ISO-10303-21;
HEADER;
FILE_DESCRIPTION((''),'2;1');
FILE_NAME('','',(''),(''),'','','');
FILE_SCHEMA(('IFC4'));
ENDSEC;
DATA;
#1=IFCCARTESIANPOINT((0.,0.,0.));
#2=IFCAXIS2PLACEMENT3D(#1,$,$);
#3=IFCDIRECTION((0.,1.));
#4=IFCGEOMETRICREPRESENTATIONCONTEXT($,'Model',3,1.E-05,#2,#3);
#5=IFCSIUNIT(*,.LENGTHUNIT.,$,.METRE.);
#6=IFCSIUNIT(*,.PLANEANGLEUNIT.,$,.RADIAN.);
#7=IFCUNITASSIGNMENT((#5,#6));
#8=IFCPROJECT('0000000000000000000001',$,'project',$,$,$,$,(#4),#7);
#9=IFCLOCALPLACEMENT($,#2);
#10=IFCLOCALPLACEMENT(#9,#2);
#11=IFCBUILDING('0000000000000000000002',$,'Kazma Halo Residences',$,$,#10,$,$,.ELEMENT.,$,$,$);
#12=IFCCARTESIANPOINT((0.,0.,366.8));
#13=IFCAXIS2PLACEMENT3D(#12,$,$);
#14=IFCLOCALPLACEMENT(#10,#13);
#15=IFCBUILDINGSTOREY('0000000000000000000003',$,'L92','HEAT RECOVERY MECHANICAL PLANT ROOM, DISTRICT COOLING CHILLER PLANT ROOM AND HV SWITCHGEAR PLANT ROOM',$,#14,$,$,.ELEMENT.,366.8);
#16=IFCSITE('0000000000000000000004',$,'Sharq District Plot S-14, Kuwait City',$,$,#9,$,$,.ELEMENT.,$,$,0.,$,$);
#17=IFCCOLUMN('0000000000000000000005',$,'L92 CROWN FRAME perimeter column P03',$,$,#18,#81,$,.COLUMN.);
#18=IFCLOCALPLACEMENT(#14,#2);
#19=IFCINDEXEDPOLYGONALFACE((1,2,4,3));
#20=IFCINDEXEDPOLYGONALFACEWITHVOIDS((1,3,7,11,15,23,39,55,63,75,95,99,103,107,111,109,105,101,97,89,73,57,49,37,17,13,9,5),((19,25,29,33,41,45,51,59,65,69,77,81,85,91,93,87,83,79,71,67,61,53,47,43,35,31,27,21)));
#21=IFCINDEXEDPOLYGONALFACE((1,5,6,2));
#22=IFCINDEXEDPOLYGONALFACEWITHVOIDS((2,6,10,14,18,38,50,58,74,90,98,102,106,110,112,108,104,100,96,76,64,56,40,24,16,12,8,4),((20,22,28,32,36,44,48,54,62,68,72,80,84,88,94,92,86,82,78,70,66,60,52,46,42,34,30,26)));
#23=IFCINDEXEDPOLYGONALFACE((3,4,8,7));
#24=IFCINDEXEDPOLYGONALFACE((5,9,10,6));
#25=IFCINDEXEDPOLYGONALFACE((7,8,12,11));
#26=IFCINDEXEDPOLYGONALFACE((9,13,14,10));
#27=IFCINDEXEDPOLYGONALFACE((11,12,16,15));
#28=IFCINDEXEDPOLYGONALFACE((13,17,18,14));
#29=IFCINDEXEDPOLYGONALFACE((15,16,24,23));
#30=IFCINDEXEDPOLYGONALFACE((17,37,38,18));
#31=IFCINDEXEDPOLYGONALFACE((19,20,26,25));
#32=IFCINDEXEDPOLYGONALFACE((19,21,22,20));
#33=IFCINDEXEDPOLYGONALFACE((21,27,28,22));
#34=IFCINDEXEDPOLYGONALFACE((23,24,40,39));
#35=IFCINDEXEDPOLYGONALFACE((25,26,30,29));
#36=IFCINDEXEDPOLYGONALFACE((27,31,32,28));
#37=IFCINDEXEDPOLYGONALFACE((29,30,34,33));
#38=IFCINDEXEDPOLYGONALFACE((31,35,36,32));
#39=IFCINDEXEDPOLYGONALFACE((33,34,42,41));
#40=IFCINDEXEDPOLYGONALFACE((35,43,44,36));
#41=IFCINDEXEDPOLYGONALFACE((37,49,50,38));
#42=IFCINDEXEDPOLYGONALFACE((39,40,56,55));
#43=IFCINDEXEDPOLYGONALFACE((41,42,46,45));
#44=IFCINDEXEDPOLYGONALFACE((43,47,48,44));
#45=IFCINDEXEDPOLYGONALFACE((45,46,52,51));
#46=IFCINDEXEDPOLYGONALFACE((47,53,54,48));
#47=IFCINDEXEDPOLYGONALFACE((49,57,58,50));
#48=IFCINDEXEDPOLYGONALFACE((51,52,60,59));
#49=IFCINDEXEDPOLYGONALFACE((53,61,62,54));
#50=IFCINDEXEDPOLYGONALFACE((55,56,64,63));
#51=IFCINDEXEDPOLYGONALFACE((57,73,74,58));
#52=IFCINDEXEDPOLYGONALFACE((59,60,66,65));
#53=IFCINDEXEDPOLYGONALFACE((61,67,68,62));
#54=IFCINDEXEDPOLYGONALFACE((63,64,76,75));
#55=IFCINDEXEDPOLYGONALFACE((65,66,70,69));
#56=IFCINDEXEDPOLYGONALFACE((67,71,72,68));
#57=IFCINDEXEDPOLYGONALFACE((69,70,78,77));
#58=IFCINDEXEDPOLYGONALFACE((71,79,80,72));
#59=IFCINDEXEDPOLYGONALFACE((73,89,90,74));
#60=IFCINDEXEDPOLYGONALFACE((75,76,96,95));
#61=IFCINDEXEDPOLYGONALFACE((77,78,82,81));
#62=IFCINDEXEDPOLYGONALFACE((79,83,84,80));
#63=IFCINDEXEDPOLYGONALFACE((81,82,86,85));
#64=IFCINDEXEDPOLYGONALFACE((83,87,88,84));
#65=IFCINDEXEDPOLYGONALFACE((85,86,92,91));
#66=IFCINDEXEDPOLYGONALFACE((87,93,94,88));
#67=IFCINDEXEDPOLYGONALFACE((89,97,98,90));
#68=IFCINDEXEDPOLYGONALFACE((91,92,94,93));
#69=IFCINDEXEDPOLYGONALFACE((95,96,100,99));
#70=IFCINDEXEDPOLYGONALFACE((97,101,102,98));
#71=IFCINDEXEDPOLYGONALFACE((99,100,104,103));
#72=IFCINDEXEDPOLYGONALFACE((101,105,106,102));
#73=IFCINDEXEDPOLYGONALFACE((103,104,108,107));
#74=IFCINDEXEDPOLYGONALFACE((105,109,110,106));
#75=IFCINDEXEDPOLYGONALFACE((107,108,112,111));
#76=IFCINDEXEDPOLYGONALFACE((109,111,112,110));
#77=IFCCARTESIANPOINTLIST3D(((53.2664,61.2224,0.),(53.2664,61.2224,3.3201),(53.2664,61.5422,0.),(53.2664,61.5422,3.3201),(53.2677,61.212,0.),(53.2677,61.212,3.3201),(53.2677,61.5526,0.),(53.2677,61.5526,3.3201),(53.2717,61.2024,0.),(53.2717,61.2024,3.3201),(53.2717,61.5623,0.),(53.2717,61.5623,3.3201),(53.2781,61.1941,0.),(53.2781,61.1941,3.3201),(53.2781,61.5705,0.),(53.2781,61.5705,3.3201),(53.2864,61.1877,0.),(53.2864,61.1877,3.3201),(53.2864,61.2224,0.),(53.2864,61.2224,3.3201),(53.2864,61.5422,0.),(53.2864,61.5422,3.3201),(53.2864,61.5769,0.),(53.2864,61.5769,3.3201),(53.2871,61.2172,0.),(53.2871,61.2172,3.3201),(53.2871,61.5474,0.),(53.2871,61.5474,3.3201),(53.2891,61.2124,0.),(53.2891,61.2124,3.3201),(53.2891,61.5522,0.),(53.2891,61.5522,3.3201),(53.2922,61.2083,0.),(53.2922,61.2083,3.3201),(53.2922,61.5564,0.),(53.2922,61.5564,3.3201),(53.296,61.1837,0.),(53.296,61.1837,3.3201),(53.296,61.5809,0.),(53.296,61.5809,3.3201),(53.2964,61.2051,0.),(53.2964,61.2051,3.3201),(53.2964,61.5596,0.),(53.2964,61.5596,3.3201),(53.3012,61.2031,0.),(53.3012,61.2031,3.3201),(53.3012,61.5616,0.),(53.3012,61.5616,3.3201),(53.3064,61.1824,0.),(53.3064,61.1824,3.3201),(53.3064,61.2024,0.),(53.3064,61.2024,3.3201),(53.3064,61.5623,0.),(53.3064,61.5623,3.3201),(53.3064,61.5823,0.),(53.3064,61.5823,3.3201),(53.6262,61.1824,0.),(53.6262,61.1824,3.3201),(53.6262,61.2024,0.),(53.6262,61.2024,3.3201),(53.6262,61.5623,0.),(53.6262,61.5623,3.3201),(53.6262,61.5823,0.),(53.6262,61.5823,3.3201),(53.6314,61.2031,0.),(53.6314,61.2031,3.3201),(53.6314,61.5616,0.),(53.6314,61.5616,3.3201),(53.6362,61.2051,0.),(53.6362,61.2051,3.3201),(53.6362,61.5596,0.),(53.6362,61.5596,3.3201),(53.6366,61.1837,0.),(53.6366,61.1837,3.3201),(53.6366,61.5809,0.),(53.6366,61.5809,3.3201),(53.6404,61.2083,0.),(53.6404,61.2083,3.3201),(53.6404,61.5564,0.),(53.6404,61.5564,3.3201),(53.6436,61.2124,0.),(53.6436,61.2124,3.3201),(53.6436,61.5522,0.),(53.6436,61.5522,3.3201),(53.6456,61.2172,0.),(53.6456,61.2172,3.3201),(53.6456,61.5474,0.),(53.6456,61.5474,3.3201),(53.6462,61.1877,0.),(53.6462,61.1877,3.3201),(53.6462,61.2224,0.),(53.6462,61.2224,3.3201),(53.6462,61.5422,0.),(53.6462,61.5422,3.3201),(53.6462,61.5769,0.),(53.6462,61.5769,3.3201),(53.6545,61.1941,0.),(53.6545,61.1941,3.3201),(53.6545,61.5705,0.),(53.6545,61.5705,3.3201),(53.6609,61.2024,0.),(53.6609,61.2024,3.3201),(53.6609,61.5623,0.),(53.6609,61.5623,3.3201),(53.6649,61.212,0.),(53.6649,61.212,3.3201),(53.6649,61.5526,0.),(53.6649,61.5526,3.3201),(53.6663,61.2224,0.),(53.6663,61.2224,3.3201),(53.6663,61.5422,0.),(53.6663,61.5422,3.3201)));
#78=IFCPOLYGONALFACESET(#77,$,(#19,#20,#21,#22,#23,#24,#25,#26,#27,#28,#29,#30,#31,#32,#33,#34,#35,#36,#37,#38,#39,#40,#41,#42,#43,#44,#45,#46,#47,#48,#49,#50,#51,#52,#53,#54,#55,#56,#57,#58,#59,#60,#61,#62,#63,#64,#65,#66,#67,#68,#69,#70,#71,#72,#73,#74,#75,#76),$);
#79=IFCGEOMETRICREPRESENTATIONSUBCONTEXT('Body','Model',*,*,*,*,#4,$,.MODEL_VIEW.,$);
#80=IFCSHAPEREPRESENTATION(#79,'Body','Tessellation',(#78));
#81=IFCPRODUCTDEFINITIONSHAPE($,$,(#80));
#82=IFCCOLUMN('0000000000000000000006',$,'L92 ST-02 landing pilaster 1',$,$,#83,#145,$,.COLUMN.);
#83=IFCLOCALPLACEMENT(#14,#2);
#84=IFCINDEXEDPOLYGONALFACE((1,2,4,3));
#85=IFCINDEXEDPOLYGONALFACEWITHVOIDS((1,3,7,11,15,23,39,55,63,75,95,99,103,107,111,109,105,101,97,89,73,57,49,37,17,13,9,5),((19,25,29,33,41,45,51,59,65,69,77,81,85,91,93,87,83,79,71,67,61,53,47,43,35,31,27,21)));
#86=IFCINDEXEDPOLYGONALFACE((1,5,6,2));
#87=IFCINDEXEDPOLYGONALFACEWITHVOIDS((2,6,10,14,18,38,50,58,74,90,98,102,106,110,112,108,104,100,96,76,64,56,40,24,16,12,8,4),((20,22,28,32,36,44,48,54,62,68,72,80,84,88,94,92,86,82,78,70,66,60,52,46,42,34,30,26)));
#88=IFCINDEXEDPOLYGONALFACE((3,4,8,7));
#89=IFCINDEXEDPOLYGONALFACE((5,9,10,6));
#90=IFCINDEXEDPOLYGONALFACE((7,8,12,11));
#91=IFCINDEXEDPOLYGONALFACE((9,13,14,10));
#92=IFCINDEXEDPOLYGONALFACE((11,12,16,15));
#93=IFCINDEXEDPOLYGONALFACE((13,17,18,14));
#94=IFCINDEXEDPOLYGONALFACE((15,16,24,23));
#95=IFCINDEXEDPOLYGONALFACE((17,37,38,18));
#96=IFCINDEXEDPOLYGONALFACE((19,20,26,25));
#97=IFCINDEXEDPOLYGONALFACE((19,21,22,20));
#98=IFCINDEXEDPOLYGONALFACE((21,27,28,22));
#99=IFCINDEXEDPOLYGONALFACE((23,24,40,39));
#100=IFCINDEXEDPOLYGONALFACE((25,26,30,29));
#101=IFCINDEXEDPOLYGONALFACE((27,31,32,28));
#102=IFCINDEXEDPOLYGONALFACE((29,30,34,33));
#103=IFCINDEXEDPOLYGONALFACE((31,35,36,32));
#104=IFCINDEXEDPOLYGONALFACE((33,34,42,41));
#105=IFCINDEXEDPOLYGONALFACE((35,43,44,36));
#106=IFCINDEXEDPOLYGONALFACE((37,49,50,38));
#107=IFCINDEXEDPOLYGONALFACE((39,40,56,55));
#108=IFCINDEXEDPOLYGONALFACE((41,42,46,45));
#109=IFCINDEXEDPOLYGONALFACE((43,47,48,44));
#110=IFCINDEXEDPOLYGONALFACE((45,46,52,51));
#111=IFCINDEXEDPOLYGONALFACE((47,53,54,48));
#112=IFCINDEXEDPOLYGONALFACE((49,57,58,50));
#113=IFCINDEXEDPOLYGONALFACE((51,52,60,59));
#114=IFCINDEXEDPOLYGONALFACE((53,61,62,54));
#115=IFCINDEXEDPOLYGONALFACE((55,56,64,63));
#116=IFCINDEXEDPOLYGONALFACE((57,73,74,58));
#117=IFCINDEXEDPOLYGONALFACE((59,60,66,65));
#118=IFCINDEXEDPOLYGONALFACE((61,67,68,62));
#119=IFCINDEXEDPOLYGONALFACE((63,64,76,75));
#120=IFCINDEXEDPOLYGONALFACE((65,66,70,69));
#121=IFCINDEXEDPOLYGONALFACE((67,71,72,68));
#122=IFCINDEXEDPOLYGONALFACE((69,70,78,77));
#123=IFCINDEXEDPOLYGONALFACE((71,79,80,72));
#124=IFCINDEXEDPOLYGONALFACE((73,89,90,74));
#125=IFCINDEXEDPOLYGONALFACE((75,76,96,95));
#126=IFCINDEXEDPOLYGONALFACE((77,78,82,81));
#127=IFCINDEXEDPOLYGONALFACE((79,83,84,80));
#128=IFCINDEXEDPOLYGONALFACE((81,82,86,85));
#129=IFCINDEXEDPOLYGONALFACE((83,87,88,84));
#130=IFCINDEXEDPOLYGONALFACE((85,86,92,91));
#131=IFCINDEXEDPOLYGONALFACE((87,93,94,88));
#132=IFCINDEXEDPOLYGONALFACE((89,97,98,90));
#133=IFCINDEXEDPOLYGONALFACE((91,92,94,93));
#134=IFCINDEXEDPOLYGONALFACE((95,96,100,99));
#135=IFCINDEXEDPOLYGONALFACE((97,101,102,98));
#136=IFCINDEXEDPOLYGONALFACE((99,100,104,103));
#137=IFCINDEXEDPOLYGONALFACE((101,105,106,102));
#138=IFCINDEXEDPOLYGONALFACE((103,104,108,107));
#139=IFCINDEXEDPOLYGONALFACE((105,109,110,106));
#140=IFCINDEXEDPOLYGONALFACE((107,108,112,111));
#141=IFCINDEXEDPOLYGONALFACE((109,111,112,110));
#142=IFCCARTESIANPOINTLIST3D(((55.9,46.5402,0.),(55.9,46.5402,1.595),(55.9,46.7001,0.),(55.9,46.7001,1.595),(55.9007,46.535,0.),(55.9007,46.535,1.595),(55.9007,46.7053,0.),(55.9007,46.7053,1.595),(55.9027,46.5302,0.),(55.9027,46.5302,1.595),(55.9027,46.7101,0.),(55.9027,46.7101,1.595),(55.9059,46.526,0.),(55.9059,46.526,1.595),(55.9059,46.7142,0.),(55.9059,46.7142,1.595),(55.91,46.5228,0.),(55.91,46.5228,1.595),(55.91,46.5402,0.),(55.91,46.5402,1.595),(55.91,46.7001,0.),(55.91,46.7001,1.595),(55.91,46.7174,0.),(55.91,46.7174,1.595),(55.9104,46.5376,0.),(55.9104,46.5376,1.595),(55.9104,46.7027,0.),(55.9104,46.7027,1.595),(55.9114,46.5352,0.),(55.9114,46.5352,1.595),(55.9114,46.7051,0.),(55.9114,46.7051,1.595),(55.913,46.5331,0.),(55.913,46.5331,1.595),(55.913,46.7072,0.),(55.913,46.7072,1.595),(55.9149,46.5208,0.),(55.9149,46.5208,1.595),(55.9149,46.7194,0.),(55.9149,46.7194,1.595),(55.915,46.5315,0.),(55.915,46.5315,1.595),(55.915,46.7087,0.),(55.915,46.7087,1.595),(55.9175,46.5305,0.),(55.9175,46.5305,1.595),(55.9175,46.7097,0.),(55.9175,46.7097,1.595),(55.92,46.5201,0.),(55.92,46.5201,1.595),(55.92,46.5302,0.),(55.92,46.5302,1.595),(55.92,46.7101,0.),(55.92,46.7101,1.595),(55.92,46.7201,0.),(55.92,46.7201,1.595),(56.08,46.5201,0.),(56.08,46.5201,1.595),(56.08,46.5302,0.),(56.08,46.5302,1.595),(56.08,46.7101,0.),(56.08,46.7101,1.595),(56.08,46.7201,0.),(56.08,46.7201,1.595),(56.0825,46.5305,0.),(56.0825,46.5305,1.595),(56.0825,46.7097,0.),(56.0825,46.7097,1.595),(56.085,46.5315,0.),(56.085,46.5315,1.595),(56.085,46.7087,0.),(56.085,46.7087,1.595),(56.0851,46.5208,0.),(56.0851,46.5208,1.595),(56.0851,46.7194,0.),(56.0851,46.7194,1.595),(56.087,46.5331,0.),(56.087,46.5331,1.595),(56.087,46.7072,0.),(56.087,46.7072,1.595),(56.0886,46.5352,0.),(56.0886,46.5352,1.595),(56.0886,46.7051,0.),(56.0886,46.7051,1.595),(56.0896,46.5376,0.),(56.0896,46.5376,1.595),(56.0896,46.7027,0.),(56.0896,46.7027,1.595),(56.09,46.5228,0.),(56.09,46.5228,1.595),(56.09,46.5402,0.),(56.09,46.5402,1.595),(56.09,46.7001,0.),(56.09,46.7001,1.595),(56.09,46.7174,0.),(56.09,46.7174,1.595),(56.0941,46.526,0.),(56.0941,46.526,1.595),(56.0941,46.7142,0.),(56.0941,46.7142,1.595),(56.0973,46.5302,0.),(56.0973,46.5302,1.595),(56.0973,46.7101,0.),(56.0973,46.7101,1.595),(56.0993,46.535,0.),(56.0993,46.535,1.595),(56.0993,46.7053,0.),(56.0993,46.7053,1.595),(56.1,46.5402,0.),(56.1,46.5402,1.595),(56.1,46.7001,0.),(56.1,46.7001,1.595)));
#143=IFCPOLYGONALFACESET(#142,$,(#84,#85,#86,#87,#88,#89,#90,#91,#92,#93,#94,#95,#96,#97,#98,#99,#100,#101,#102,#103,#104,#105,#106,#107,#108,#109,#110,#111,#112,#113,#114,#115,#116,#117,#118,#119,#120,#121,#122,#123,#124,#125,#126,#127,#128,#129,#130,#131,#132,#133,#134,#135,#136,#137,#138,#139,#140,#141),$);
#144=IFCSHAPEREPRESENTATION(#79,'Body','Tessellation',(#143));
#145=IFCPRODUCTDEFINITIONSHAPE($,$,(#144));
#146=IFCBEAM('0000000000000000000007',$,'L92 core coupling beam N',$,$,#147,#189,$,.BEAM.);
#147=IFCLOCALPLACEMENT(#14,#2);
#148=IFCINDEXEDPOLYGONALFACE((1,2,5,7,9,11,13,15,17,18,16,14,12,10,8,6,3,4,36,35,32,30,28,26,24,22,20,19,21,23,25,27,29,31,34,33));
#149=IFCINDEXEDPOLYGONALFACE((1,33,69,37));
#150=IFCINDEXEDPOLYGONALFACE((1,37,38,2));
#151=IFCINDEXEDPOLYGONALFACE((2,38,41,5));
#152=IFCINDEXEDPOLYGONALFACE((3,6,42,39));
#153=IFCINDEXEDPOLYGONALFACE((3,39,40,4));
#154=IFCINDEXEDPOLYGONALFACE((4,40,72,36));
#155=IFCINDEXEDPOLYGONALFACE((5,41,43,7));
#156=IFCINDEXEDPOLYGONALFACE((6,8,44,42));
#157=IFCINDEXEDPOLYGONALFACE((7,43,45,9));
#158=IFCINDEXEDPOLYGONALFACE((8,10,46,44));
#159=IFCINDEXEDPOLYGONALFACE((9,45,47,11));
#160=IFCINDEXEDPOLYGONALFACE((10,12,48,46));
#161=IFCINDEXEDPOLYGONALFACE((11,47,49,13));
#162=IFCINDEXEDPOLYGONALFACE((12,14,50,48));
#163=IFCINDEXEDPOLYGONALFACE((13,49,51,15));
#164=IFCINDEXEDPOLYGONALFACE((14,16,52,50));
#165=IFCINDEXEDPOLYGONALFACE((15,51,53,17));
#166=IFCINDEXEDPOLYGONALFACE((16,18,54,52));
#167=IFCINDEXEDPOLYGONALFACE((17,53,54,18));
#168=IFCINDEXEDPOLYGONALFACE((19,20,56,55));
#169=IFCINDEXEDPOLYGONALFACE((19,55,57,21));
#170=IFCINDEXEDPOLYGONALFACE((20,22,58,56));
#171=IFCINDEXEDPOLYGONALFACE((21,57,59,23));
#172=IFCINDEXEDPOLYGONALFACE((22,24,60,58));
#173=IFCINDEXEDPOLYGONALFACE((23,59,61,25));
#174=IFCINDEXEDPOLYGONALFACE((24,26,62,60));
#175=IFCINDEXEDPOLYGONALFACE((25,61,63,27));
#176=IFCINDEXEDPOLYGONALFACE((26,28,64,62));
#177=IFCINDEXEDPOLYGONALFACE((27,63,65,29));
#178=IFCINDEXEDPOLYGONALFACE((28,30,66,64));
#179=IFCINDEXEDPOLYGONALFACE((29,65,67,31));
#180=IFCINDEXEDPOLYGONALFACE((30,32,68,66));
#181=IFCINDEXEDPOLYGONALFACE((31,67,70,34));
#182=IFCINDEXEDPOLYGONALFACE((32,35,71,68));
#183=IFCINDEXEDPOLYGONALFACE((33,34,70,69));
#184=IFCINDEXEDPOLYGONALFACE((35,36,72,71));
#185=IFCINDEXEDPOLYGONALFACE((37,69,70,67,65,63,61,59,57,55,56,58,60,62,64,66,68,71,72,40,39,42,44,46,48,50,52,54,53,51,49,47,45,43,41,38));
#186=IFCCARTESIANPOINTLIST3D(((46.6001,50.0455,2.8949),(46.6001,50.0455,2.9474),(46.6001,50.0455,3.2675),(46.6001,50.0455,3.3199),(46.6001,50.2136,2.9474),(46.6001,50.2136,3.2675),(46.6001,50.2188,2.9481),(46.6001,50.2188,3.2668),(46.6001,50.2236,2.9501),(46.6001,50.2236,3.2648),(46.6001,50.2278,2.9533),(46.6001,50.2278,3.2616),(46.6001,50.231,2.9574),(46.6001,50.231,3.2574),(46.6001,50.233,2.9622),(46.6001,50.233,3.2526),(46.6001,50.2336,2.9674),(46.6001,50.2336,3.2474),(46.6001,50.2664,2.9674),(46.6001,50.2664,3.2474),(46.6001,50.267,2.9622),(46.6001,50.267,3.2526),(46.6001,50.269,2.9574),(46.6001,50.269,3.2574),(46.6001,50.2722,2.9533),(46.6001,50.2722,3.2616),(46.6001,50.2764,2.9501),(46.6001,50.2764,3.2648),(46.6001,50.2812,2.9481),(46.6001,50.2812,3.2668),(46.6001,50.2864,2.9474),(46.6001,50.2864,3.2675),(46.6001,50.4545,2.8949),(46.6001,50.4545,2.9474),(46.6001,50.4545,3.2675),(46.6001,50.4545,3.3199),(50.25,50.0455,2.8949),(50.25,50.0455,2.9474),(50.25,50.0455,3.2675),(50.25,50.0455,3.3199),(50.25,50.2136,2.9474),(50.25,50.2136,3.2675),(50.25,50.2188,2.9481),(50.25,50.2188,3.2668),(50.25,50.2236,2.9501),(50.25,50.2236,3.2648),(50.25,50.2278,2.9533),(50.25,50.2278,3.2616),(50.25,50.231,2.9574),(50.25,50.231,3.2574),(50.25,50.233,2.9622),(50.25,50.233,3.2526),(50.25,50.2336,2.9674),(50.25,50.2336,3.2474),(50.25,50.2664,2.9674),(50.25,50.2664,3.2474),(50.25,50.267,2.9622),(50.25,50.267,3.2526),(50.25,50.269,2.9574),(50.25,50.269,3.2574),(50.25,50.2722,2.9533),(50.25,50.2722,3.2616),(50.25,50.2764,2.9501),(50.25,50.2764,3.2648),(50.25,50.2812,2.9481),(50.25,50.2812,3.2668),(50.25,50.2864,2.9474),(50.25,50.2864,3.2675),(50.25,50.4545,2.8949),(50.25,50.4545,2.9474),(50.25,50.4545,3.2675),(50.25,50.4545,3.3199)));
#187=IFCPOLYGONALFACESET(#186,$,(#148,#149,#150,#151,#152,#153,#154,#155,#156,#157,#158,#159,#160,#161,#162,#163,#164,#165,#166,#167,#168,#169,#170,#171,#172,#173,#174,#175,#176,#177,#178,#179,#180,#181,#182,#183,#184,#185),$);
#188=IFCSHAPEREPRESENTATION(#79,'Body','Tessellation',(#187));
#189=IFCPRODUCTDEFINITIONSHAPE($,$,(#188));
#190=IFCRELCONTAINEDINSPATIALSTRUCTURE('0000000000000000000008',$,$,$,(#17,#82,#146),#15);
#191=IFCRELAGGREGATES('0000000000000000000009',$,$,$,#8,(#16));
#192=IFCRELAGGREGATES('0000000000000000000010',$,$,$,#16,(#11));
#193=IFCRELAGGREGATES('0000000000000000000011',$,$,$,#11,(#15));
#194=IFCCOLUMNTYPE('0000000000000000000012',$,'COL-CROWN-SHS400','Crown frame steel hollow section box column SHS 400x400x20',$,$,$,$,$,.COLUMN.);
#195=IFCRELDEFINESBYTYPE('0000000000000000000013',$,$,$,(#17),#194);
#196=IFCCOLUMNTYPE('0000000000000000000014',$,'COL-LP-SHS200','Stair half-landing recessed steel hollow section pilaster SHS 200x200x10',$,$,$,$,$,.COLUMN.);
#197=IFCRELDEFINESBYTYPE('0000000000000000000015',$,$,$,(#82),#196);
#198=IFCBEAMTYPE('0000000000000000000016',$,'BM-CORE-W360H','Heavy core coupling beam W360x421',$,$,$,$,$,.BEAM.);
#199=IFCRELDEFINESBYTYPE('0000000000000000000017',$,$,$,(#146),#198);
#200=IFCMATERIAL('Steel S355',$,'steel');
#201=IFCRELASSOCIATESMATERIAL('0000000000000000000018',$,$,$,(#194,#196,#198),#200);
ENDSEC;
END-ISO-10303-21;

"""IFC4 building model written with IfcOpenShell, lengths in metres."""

from ifc_helpers import new_model, si_unit, direction, frame, origin, origin_2d, place, context, subcontext, project, spatial, hollow_rectangle, i_section, extrude, material, material_profile, profile_set, type_object, element, save


model = new_model("IFC4")

# Units and contexts
model_context = context("Model", 3, precision=1e-05, world=origin(), true_north=direction((0.0, 1.0)))
body_context = subcontext(model_context, "Body", "Model", "MODEL_VIEW")
ifc_project = project(units=[si_unit("LENGTHUNIT", "METRE"), si_unit("PLANEANGLEUNIT", "RADIAN")], contexts=[model_context])

# Site, building, storey
site_placement = place(None, origin())
site = spatial("IfcSite", under=ifc_project, at=site_placement, Name="Sharq District Plot S-14, Kuwait City", CompositionType="ELEMENT", RefElevation=0.0)
building_placement = place(site_placement, origin())
building = spatial("IfcBuilding", under=site, at=building_placement, Name="Kazma Halo Residences", CompositionType="ELEMENT")
storey_placement = place(building_placement, frame((0.0, 0.0, 366.8)))
storey = spatial("IfcBuildingStorey", under=building, at=storey_placement, Name="L92", Description="HEAT RECOVERY MECHANICAL PLANT ROOM, DISTRICT COOLING CHILLER PLANT ROOM AND HV SWITCHGEAR PLANT ROOM", CompositionType="ELEMENT", Elevation=366.8)

# Columns
ifc_material_1 = material(Name="Steel S355", Category="steel")
ifc_material_profile_1 = material_profile(ifc_material_1, hollow_rectangle(XDim=0.3999, YDim=0.3999, WallThickness=0.02, InnerFilletRadius=0.02, OuterFilletRadius=0.04, at=origin_2d()), Name="SHS400x400x20")
ifc_profile_set_1 = profile_set([ifc_material_profile_1], Name="Steel S355")
column_type_1 = type_object("IfcColumnType", Name="COL-CROWN-SHS400", Description="Crown frame steel hollow section box column SHS 400x400x20", PredefinedType="COLUMN", material=ifc_profile_set_1)
column_1_placement = place(storey_placement, frame((53.4663, 61.3823, 0.0), z_axis=(0.0, 0.0, 1.0), x_axis=(1.0, 0.0, 0.0)))
element("IfcColumn", 1, at=column_1_placement, inside=storey, type_object=column_type_1, Name="L92 CROWN FRAME perimeter column P03", PredefinedType="COLUMN", context=body_context, shape_type="SweptSolid", body=[
    extrude(hollow_rectangle(XDim=0.3999, YDim=0.3999, WallThickness=0.02, InnerFilletRadius=0.02, OuterFilletRadius=0.04, at=origin_2d()), origin(), (0.0, 0.0, 1.0), 3.3201),
])
ifc_material_profile_2 = material_profile(ifc_material_1, hollow_rectangle(XDim=0.2, YDim=0.2, WallThickness=0.01, InnerFilletRadius=0.01, OuterFilletRadius=0.02, at=origin_2d()), Name="SHS200x200x10")
ifc_profile_set_2 = profile_set([ifc_material_profile_2], Name="Steel S355")
column_type_2 = type_object("IfcColumnType", Name="COL-LP-SHS200", Description="Stair half-landing recessed steel hollow section pilaster SHS 200x200x10", PredefinedType="COLUMN", material=ifc_profile_set_2)
column_2_placement = place(storey_placement, frame((56.0, 46.6201, 0.0), z_axis=(0.0, 0.0, 1.0), x_axis=(1.0, 0.0, 0.0)))
element("IfcColumn", 2, at=column_2_placement, inside=storey, type_object=column_type_2, Name="L92 ST-02 landing pilaster 1", PredefinedType="COLUMN", context=body_context, shape_type="SweptSolid", body=[
    extrude(hollow_rectangle(XDim=0.2, YDim=0.2, WallThickness=0.01, InnerFilletRadius=0.01, OuterFilletRadius=0.02, at=origin_2d()), origin(), (0.0, 0.0, 1.0), 1.595),
])

# Beam
ifc_material_profile_3 = material_profile(ifc_material_1, i_section(OverallWidth=0.4089, OverallDepth=0.425, WebThickness=0.0327, FlangeThickness=0.0525, FilletRadius=0.02, at=origin_2d()), Name="W360x421")
ifc_profile_set_3 = profile_set([ifc_material_profile_3], Name="Steel S355")
beam_type_1 = type_object("IfcBeamType", Name="BM-CORE-W360H", Description="Heavy core coupling beam W360x421", PredefinedType="BEAM", material=ifc_profile_set_3)
beam_1_placement = place(storey_placement, frame((46.6001, 50.25, 3.1074), z_axis=(1.0, 0.0, 0.0), x_axis=(0.0, 1.0, 0.0)))
element("IfcBeam", 3, at=beam_1_placement, inside=storey, type_object=beam_type_1, Name="L92 core coupling beam N", PredefinedType="BEAM", context=body_context, shape_type="SweptSolid", body=[
    extrude(i_section(OverallWidth=0.4089, OverallDepth=0.425, WebThickness=0.0327, FlangeThickness=0.0525, FilletRadius=0.02, at=origin_2d()), origin(), (0.0, 0.0, 1.0), 3.6499),
])

save(model, "model.ifc")
